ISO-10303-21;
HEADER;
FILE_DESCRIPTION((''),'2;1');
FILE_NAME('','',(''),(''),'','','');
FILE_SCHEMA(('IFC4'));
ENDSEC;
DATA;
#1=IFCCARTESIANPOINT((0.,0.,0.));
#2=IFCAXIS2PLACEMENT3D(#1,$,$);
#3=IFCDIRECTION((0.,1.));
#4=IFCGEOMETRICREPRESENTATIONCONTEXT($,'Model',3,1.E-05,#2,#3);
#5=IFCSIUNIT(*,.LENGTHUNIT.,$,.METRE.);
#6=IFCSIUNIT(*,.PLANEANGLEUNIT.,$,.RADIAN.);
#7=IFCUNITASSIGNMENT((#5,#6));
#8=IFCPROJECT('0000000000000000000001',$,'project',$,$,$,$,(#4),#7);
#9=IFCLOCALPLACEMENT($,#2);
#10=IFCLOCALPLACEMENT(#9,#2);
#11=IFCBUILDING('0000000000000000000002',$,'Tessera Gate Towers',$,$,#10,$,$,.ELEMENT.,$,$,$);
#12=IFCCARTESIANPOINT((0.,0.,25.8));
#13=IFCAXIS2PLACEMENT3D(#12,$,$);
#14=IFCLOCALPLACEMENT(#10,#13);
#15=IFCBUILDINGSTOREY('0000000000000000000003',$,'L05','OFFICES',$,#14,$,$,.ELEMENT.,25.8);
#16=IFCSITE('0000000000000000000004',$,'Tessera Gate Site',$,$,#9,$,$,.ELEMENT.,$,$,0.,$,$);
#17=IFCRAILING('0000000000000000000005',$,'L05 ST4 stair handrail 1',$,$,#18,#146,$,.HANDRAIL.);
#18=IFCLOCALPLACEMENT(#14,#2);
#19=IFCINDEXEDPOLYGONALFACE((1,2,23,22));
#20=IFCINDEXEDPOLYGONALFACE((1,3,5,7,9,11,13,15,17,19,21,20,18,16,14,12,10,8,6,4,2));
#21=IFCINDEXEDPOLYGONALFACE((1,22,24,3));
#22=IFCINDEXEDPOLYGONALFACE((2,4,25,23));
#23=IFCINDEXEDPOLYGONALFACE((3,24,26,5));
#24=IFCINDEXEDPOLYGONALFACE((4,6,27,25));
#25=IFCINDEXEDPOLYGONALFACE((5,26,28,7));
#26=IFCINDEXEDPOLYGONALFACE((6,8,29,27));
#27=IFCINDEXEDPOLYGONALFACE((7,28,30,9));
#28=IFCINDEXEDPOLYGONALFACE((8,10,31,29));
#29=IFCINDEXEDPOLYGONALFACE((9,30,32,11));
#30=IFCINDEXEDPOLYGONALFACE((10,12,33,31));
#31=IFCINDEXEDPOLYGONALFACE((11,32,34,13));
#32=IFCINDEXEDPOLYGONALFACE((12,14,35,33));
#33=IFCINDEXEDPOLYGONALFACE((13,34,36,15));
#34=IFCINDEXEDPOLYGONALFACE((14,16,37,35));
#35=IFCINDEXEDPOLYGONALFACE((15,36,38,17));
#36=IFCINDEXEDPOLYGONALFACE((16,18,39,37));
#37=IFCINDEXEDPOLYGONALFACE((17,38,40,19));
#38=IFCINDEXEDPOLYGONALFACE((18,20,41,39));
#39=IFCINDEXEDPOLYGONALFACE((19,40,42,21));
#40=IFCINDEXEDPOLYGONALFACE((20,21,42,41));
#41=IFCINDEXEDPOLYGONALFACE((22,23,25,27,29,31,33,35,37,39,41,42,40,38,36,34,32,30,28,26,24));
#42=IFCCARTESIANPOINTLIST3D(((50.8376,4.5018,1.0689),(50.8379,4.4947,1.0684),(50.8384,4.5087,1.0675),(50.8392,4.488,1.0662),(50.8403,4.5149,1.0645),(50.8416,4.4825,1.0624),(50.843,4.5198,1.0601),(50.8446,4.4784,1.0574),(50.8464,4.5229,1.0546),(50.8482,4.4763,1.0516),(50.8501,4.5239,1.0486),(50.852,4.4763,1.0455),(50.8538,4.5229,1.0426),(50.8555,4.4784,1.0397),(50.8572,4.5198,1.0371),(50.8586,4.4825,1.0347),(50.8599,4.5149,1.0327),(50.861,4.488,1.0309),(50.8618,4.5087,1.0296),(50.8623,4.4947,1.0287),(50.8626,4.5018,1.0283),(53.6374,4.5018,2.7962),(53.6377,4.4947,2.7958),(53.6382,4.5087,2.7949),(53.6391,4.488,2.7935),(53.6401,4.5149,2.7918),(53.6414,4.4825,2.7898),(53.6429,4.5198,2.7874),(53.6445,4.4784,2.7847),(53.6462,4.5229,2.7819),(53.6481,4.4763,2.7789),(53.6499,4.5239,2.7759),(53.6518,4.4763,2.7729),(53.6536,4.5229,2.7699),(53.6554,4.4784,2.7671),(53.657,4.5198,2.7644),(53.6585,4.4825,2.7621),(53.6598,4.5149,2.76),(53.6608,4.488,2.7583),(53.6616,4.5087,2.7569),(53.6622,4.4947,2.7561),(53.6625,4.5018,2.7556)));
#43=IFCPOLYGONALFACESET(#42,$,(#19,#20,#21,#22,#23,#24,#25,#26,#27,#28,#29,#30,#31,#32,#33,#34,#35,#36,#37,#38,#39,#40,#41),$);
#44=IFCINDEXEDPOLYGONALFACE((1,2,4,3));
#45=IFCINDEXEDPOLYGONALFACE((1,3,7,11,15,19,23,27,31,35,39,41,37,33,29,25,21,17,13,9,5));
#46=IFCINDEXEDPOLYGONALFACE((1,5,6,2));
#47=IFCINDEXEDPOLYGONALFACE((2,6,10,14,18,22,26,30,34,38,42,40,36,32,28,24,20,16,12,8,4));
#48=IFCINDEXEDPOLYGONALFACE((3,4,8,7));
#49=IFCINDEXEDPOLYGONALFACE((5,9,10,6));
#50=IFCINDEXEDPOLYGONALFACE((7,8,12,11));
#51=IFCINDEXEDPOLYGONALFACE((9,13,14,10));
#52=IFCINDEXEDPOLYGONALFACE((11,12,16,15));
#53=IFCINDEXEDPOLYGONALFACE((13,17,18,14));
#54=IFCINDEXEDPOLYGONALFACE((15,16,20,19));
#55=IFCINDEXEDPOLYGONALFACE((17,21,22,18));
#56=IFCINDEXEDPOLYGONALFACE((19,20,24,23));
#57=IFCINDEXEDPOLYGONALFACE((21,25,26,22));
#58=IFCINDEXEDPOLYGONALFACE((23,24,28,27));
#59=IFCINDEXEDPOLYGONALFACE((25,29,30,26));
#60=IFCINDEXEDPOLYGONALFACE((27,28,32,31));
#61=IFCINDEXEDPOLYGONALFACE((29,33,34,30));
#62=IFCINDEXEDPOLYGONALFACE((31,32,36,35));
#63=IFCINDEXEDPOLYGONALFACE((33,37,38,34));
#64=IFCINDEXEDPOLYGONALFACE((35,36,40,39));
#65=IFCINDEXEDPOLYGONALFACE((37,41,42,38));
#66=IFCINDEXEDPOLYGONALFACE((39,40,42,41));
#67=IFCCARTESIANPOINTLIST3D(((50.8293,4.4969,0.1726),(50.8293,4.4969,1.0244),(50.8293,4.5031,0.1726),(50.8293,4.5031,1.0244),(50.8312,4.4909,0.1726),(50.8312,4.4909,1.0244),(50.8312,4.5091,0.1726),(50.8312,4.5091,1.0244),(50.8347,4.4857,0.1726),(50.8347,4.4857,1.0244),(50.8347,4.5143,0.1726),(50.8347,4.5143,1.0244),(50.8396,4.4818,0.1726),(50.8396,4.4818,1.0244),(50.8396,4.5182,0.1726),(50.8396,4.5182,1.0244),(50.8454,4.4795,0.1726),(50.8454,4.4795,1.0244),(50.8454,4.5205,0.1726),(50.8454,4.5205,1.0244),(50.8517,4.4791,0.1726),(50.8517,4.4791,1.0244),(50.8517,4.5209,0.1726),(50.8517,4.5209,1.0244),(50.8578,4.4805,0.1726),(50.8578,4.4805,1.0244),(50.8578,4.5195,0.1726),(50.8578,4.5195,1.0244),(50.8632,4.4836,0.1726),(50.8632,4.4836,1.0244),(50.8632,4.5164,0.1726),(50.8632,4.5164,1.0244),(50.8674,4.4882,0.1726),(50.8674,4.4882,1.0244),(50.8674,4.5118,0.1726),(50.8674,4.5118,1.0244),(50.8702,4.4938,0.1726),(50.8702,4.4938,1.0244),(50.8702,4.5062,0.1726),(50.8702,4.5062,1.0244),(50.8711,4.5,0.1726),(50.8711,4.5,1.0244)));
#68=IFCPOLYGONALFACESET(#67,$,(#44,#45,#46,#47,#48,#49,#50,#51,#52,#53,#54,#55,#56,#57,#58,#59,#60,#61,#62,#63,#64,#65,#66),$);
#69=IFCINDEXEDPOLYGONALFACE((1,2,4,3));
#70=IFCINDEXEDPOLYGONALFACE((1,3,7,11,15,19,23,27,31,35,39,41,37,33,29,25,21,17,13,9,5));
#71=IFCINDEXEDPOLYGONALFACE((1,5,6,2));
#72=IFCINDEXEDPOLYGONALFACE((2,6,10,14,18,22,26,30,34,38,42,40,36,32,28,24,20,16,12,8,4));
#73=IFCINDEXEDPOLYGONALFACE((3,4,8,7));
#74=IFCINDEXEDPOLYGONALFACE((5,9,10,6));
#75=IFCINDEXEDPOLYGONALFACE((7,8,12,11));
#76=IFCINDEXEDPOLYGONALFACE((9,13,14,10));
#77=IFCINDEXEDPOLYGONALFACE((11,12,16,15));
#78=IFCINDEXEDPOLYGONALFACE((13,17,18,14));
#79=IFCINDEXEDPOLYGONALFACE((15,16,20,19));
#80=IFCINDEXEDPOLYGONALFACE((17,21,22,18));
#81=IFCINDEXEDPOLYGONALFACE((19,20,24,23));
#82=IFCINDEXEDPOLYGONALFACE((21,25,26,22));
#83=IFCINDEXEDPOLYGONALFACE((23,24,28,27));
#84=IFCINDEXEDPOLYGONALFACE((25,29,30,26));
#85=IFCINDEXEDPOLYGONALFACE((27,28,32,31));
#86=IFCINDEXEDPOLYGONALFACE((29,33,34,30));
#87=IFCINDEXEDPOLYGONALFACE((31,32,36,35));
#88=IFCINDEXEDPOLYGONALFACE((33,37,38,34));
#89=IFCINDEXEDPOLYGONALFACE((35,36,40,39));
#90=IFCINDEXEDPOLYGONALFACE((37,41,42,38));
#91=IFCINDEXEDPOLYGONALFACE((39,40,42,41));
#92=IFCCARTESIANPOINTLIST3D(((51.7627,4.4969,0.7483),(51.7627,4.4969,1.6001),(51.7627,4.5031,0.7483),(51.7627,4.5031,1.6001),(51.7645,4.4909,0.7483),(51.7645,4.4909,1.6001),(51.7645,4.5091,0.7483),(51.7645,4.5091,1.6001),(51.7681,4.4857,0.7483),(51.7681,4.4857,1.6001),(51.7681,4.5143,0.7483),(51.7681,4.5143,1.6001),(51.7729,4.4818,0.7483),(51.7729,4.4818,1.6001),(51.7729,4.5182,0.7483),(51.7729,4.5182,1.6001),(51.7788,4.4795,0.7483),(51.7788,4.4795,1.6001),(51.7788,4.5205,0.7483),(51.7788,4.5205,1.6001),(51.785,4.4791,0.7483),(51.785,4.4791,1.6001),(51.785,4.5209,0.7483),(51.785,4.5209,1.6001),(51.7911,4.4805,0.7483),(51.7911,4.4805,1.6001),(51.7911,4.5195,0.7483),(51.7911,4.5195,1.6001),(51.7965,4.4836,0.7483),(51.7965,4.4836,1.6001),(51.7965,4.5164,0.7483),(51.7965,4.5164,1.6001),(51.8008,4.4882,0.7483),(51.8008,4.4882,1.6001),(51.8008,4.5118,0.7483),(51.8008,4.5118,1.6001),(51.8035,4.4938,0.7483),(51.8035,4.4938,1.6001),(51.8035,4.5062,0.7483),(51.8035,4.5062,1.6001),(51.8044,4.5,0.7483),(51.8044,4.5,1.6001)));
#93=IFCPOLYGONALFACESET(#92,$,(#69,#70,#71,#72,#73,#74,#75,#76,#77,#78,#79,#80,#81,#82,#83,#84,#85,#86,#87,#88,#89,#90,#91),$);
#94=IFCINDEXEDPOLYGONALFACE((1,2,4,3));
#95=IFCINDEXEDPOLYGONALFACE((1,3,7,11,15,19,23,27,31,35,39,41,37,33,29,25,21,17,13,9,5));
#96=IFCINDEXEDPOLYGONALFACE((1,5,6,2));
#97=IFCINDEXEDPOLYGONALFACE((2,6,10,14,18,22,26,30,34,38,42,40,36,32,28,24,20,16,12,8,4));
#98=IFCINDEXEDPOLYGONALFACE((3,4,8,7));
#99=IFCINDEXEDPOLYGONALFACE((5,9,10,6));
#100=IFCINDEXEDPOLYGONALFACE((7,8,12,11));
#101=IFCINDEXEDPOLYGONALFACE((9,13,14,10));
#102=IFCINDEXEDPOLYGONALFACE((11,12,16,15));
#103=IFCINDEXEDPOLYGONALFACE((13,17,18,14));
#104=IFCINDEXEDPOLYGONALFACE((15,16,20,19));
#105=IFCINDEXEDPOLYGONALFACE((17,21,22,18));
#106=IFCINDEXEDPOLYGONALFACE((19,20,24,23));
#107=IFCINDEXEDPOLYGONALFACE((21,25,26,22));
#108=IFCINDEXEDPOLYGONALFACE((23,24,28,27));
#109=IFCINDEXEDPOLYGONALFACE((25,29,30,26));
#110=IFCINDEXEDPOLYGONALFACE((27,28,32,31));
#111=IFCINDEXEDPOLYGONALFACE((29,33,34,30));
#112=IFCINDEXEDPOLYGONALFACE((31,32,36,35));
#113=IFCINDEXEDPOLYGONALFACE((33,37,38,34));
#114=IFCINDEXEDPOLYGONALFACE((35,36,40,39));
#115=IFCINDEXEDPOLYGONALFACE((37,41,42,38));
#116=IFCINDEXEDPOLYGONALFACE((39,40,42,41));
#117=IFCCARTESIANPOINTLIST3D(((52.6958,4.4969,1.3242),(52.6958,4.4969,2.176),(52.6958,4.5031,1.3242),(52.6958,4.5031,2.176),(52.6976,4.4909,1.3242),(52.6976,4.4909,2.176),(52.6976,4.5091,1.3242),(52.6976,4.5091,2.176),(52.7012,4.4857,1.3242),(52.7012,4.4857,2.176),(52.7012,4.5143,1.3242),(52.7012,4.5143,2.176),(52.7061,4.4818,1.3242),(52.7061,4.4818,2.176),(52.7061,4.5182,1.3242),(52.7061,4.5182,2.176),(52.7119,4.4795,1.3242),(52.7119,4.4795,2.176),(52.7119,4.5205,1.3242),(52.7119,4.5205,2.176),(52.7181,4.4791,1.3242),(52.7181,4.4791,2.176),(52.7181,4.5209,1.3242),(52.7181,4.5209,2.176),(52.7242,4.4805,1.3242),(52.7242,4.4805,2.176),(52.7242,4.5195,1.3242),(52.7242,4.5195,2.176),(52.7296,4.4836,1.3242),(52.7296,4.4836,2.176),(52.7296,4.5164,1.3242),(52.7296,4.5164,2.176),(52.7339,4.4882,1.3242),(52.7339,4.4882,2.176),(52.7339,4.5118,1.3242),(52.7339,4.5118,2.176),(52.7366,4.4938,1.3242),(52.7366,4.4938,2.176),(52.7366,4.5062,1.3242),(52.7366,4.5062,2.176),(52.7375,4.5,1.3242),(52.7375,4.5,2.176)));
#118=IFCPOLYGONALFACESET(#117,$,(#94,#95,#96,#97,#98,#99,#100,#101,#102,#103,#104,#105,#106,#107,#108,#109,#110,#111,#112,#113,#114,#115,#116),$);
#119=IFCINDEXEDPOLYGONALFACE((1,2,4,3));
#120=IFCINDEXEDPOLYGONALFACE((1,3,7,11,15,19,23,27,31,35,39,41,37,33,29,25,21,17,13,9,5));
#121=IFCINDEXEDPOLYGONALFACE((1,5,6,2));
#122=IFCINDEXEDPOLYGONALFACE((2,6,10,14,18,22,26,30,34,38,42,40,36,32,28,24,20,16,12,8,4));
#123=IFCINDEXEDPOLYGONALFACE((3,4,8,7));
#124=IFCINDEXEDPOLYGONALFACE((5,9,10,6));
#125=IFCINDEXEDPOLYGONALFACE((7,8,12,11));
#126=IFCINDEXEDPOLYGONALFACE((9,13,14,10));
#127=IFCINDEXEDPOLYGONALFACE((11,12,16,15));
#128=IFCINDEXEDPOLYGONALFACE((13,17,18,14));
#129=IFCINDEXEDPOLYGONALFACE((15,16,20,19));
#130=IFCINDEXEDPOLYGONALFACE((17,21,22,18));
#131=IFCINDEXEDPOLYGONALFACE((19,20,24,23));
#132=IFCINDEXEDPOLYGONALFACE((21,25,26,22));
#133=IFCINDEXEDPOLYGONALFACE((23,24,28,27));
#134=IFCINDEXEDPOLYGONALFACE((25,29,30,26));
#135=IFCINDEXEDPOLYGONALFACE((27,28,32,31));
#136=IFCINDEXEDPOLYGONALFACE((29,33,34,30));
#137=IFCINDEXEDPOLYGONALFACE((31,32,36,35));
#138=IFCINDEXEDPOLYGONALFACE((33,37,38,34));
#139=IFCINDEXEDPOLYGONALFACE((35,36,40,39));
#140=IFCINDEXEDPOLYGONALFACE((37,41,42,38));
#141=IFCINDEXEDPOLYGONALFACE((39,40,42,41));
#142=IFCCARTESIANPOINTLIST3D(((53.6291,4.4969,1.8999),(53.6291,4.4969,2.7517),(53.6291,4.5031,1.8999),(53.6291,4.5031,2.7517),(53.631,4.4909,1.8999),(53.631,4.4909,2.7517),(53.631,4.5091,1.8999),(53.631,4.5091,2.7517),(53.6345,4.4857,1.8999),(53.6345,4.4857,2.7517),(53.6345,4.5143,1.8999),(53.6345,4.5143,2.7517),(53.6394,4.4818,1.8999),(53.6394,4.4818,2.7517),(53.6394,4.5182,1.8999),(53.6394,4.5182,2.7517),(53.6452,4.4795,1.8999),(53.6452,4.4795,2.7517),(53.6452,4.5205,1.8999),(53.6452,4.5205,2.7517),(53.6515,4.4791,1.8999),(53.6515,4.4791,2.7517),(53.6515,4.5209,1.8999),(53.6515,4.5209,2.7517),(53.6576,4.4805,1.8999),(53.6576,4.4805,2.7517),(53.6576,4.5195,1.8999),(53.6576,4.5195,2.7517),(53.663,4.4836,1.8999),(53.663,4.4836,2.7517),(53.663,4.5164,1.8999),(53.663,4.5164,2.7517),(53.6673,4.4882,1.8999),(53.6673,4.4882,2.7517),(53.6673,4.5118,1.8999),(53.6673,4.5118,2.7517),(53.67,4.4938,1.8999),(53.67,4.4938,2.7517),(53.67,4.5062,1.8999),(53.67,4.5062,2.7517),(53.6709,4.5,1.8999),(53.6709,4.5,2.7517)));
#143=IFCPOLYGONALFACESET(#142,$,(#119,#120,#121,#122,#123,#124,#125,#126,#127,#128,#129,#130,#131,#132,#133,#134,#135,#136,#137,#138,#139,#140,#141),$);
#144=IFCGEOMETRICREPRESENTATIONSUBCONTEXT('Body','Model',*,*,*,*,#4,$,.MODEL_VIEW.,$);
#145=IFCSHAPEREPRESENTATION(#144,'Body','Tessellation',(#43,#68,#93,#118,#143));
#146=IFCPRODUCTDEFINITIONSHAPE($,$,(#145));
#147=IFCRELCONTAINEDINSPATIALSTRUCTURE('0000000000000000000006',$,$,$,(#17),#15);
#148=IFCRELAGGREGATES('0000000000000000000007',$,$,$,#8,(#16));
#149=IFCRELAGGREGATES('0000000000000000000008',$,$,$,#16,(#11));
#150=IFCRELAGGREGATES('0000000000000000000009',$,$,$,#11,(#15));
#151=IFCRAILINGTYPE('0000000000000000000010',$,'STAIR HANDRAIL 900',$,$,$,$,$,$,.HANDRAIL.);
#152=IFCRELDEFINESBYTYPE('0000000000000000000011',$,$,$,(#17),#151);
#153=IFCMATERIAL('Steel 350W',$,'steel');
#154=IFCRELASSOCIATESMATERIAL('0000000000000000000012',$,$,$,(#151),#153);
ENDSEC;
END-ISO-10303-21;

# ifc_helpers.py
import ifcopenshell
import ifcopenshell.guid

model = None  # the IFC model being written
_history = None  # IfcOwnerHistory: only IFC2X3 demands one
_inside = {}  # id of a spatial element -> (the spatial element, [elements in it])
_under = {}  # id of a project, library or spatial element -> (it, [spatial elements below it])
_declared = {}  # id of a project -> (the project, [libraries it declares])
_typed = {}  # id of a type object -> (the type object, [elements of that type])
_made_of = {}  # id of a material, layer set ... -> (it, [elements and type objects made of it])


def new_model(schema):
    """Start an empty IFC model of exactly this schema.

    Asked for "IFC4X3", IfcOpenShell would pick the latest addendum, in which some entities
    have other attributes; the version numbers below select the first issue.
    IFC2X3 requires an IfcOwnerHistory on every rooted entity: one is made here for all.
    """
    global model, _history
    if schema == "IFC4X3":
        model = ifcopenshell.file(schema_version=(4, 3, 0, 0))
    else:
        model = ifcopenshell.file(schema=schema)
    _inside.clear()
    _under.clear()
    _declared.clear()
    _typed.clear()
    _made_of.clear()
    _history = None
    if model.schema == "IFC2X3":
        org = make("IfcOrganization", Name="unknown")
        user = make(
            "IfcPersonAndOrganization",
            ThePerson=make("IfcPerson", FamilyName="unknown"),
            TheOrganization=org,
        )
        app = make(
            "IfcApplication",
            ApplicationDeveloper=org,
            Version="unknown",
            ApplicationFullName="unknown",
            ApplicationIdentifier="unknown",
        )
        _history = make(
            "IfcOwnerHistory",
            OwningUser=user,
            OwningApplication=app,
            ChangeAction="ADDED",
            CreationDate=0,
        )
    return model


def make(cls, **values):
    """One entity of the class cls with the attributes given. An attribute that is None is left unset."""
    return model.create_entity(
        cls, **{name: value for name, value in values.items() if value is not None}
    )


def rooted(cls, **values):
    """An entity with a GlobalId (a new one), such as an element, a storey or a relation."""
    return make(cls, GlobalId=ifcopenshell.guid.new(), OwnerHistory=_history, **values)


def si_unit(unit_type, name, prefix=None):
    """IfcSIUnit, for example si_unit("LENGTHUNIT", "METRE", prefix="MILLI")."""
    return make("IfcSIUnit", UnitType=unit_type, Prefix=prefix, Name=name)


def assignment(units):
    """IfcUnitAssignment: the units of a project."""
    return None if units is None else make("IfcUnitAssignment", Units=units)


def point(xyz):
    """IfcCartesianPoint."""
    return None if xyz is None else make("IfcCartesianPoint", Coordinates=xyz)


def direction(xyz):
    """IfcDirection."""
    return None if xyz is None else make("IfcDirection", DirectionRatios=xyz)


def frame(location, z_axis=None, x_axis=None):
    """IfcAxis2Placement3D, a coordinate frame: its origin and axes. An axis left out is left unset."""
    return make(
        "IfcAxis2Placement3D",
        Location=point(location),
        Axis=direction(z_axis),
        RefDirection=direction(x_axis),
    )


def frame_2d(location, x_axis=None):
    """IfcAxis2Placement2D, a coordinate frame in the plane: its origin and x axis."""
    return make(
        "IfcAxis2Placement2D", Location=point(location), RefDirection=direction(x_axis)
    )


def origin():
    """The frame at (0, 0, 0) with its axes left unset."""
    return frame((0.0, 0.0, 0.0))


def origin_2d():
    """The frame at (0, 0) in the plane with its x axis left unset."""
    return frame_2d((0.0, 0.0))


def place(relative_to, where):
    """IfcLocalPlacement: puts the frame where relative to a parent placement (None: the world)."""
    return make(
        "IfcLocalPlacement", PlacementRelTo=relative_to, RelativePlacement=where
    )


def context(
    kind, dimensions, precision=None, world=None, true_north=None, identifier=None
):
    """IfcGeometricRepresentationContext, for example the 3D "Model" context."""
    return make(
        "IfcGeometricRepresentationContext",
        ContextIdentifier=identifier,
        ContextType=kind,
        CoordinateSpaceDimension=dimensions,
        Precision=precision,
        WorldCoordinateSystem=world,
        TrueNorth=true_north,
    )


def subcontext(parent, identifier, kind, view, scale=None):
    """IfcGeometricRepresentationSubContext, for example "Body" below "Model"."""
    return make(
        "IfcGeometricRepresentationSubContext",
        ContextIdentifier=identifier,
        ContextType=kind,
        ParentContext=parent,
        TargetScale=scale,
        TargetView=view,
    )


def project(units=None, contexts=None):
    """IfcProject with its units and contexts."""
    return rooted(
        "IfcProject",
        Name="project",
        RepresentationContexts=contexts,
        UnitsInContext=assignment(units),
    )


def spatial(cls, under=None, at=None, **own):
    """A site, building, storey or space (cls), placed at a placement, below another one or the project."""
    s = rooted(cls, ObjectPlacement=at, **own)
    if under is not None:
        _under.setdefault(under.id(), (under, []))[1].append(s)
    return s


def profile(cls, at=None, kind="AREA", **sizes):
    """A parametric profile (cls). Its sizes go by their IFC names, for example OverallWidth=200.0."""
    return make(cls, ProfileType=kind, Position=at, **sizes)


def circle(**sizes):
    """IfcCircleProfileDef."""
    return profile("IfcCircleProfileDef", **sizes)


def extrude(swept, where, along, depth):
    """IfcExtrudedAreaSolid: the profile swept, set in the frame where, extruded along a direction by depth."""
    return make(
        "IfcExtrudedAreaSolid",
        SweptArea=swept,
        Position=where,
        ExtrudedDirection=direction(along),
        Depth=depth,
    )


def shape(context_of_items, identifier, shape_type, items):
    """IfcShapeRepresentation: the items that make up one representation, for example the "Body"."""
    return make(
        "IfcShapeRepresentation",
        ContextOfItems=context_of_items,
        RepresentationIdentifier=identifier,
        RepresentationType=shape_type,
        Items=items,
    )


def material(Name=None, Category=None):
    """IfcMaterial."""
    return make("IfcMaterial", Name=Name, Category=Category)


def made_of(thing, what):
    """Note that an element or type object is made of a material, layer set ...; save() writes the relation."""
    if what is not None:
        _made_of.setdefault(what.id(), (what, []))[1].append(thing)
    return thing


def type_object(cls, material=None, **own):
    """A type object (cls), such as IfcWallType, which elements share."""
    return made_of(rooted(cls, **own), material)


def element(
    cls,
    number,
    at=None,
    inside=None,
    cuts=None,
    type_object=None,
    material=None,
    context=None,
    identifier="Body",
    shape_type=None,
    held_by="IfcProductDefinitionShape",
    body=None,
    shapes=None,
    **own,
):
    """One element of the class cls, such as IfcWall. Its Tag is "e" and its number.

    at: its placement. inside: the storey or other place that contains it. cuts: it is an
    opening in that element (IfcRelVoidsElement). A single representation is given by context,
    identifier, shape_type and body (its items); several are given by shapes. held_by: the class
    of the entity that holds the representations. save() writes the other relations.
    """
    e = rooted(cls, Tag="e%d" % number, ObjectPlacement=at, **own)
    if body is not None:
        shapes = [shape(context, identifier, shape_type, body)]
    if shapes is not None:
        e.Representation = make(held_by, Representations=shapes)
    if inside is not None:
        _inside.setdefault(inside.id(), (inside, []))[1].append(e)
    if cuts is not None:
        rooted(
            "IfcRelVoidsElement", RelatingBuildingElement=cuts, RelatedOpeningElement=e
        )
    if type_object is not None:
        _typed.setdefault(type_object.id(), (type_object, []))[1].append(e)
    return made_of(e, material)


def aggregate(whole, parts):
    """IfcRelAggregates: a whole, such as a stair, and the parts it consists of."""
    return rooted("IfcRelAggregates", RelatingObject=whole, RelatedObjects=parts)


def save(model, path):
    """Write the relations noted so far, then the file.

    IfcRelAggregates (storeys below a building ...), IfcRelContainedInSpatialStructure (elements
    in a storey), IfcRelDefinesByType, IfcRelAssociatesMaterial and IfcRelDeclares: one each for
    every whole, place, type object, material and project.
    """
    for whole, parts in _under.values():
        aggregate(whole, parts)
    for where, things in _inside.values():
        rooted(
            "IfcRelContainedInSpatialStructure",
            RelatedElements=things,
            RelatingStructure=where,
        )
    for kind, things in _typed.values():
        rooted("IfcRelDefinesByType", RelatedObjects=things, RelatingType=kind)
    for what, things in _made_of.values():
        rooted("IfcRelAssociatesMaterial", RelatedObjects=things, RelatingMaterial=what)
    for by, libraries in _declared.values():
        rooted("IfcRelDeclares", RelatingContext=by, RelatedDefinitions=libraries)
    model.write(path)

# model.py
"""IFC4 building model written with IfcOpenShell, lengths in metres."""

from ifc_helpers import new_model, si_unit, direction, frame, origin, origin_2d, place, context, subcontext, project, spatial, circle, extrude, material, type_object, element, save


model = new_model("IFC4")

# Units and contexts
model_context = context("Model", 3, precision=1e-05, world=origin(), true_north=direction((0.0, 1.0)))
body_context = subcontext(model_context, "Body", "Model", "MODEL_VIEW")
ifc_project = project(units=[si_unit("LENGTHUNIT", "METRE"), si_unit("PLANEANGLEUNIT", "RADIAN")], contexts=[model_context])

# Site, building, storey
site_placement = place(None, origin())
site = spatial("IfcSite", under=ifc_project, at=site_placement, Name="Tessera Gate Site", CompositionType="ELEMENT", RefElevation=0.0)
building_placement = place(site_placement, origin())
building = spatial("IfcBuilding", under=site, at=building_placement, Name="Tessera Gate Towers", CompositionType="ELEMENT")
storey_placement = place(building_placement, frame((0.0, 0.0, 25.8)))
storey = spatial("IfcBuildingStorey", under=building, at=storey_placement, Name="L05", Description="OFFICES", CompositionType="ELEMENT", Elevation=25.8)

# Railing
ifc_material_1 = material(Name="Steel 350W", Category="steel")
railing_type_1 = type_object("IfcRailingType", Name="STAIR HANDRAIL 900", PredefinedType="HANDRAIL", material=ifc_material_1)
railing_1_placement = place(storey_placement, frame((50.8501, 4.5, 0.1726)))
element("IfcRailing", 1, at=railing_1_placement, inside=storey, type_object=railing_type_1, Name="L05 ST4 stair handrail 1", PredefinedType="HANDRAIL", context=body_context, shape_type="SweptSolid", body=[
    extrude(circle(Radius=0.0239, at=origin_2d()), frame((0.0, 0.0, 0.876), z_axis=(0.851069, 0.0, 0.525054), x_axis=(0.0, 1.0, 0.0)), (0.0, 0.0, 1.0), 3.2898),
    extrude(circle(Radius=0.021, at=origin_2d()), origin(), (0.0, 0.0, 1.0), 0.8518),
    extrude(circle(Radius=0.021, at=origin_2d()), frame((0.9333, 0.0, 0.5757)), (0.0, 0.0, 1.0), 0.8518),
    extrude(circle(Radius=0.021, at=origin_2d()), frame((1.8665, 0.0, 1.1516)), (0.0, 0.0, 1.0), 0.8518),
    extrude(circle(Radius=0.021, at=origin_2d()), frame((2.7998, 0.0, 1.7273)), (0.0, 0.0, 1.0), 0.8518),
])

save(model, "model.ifc")
